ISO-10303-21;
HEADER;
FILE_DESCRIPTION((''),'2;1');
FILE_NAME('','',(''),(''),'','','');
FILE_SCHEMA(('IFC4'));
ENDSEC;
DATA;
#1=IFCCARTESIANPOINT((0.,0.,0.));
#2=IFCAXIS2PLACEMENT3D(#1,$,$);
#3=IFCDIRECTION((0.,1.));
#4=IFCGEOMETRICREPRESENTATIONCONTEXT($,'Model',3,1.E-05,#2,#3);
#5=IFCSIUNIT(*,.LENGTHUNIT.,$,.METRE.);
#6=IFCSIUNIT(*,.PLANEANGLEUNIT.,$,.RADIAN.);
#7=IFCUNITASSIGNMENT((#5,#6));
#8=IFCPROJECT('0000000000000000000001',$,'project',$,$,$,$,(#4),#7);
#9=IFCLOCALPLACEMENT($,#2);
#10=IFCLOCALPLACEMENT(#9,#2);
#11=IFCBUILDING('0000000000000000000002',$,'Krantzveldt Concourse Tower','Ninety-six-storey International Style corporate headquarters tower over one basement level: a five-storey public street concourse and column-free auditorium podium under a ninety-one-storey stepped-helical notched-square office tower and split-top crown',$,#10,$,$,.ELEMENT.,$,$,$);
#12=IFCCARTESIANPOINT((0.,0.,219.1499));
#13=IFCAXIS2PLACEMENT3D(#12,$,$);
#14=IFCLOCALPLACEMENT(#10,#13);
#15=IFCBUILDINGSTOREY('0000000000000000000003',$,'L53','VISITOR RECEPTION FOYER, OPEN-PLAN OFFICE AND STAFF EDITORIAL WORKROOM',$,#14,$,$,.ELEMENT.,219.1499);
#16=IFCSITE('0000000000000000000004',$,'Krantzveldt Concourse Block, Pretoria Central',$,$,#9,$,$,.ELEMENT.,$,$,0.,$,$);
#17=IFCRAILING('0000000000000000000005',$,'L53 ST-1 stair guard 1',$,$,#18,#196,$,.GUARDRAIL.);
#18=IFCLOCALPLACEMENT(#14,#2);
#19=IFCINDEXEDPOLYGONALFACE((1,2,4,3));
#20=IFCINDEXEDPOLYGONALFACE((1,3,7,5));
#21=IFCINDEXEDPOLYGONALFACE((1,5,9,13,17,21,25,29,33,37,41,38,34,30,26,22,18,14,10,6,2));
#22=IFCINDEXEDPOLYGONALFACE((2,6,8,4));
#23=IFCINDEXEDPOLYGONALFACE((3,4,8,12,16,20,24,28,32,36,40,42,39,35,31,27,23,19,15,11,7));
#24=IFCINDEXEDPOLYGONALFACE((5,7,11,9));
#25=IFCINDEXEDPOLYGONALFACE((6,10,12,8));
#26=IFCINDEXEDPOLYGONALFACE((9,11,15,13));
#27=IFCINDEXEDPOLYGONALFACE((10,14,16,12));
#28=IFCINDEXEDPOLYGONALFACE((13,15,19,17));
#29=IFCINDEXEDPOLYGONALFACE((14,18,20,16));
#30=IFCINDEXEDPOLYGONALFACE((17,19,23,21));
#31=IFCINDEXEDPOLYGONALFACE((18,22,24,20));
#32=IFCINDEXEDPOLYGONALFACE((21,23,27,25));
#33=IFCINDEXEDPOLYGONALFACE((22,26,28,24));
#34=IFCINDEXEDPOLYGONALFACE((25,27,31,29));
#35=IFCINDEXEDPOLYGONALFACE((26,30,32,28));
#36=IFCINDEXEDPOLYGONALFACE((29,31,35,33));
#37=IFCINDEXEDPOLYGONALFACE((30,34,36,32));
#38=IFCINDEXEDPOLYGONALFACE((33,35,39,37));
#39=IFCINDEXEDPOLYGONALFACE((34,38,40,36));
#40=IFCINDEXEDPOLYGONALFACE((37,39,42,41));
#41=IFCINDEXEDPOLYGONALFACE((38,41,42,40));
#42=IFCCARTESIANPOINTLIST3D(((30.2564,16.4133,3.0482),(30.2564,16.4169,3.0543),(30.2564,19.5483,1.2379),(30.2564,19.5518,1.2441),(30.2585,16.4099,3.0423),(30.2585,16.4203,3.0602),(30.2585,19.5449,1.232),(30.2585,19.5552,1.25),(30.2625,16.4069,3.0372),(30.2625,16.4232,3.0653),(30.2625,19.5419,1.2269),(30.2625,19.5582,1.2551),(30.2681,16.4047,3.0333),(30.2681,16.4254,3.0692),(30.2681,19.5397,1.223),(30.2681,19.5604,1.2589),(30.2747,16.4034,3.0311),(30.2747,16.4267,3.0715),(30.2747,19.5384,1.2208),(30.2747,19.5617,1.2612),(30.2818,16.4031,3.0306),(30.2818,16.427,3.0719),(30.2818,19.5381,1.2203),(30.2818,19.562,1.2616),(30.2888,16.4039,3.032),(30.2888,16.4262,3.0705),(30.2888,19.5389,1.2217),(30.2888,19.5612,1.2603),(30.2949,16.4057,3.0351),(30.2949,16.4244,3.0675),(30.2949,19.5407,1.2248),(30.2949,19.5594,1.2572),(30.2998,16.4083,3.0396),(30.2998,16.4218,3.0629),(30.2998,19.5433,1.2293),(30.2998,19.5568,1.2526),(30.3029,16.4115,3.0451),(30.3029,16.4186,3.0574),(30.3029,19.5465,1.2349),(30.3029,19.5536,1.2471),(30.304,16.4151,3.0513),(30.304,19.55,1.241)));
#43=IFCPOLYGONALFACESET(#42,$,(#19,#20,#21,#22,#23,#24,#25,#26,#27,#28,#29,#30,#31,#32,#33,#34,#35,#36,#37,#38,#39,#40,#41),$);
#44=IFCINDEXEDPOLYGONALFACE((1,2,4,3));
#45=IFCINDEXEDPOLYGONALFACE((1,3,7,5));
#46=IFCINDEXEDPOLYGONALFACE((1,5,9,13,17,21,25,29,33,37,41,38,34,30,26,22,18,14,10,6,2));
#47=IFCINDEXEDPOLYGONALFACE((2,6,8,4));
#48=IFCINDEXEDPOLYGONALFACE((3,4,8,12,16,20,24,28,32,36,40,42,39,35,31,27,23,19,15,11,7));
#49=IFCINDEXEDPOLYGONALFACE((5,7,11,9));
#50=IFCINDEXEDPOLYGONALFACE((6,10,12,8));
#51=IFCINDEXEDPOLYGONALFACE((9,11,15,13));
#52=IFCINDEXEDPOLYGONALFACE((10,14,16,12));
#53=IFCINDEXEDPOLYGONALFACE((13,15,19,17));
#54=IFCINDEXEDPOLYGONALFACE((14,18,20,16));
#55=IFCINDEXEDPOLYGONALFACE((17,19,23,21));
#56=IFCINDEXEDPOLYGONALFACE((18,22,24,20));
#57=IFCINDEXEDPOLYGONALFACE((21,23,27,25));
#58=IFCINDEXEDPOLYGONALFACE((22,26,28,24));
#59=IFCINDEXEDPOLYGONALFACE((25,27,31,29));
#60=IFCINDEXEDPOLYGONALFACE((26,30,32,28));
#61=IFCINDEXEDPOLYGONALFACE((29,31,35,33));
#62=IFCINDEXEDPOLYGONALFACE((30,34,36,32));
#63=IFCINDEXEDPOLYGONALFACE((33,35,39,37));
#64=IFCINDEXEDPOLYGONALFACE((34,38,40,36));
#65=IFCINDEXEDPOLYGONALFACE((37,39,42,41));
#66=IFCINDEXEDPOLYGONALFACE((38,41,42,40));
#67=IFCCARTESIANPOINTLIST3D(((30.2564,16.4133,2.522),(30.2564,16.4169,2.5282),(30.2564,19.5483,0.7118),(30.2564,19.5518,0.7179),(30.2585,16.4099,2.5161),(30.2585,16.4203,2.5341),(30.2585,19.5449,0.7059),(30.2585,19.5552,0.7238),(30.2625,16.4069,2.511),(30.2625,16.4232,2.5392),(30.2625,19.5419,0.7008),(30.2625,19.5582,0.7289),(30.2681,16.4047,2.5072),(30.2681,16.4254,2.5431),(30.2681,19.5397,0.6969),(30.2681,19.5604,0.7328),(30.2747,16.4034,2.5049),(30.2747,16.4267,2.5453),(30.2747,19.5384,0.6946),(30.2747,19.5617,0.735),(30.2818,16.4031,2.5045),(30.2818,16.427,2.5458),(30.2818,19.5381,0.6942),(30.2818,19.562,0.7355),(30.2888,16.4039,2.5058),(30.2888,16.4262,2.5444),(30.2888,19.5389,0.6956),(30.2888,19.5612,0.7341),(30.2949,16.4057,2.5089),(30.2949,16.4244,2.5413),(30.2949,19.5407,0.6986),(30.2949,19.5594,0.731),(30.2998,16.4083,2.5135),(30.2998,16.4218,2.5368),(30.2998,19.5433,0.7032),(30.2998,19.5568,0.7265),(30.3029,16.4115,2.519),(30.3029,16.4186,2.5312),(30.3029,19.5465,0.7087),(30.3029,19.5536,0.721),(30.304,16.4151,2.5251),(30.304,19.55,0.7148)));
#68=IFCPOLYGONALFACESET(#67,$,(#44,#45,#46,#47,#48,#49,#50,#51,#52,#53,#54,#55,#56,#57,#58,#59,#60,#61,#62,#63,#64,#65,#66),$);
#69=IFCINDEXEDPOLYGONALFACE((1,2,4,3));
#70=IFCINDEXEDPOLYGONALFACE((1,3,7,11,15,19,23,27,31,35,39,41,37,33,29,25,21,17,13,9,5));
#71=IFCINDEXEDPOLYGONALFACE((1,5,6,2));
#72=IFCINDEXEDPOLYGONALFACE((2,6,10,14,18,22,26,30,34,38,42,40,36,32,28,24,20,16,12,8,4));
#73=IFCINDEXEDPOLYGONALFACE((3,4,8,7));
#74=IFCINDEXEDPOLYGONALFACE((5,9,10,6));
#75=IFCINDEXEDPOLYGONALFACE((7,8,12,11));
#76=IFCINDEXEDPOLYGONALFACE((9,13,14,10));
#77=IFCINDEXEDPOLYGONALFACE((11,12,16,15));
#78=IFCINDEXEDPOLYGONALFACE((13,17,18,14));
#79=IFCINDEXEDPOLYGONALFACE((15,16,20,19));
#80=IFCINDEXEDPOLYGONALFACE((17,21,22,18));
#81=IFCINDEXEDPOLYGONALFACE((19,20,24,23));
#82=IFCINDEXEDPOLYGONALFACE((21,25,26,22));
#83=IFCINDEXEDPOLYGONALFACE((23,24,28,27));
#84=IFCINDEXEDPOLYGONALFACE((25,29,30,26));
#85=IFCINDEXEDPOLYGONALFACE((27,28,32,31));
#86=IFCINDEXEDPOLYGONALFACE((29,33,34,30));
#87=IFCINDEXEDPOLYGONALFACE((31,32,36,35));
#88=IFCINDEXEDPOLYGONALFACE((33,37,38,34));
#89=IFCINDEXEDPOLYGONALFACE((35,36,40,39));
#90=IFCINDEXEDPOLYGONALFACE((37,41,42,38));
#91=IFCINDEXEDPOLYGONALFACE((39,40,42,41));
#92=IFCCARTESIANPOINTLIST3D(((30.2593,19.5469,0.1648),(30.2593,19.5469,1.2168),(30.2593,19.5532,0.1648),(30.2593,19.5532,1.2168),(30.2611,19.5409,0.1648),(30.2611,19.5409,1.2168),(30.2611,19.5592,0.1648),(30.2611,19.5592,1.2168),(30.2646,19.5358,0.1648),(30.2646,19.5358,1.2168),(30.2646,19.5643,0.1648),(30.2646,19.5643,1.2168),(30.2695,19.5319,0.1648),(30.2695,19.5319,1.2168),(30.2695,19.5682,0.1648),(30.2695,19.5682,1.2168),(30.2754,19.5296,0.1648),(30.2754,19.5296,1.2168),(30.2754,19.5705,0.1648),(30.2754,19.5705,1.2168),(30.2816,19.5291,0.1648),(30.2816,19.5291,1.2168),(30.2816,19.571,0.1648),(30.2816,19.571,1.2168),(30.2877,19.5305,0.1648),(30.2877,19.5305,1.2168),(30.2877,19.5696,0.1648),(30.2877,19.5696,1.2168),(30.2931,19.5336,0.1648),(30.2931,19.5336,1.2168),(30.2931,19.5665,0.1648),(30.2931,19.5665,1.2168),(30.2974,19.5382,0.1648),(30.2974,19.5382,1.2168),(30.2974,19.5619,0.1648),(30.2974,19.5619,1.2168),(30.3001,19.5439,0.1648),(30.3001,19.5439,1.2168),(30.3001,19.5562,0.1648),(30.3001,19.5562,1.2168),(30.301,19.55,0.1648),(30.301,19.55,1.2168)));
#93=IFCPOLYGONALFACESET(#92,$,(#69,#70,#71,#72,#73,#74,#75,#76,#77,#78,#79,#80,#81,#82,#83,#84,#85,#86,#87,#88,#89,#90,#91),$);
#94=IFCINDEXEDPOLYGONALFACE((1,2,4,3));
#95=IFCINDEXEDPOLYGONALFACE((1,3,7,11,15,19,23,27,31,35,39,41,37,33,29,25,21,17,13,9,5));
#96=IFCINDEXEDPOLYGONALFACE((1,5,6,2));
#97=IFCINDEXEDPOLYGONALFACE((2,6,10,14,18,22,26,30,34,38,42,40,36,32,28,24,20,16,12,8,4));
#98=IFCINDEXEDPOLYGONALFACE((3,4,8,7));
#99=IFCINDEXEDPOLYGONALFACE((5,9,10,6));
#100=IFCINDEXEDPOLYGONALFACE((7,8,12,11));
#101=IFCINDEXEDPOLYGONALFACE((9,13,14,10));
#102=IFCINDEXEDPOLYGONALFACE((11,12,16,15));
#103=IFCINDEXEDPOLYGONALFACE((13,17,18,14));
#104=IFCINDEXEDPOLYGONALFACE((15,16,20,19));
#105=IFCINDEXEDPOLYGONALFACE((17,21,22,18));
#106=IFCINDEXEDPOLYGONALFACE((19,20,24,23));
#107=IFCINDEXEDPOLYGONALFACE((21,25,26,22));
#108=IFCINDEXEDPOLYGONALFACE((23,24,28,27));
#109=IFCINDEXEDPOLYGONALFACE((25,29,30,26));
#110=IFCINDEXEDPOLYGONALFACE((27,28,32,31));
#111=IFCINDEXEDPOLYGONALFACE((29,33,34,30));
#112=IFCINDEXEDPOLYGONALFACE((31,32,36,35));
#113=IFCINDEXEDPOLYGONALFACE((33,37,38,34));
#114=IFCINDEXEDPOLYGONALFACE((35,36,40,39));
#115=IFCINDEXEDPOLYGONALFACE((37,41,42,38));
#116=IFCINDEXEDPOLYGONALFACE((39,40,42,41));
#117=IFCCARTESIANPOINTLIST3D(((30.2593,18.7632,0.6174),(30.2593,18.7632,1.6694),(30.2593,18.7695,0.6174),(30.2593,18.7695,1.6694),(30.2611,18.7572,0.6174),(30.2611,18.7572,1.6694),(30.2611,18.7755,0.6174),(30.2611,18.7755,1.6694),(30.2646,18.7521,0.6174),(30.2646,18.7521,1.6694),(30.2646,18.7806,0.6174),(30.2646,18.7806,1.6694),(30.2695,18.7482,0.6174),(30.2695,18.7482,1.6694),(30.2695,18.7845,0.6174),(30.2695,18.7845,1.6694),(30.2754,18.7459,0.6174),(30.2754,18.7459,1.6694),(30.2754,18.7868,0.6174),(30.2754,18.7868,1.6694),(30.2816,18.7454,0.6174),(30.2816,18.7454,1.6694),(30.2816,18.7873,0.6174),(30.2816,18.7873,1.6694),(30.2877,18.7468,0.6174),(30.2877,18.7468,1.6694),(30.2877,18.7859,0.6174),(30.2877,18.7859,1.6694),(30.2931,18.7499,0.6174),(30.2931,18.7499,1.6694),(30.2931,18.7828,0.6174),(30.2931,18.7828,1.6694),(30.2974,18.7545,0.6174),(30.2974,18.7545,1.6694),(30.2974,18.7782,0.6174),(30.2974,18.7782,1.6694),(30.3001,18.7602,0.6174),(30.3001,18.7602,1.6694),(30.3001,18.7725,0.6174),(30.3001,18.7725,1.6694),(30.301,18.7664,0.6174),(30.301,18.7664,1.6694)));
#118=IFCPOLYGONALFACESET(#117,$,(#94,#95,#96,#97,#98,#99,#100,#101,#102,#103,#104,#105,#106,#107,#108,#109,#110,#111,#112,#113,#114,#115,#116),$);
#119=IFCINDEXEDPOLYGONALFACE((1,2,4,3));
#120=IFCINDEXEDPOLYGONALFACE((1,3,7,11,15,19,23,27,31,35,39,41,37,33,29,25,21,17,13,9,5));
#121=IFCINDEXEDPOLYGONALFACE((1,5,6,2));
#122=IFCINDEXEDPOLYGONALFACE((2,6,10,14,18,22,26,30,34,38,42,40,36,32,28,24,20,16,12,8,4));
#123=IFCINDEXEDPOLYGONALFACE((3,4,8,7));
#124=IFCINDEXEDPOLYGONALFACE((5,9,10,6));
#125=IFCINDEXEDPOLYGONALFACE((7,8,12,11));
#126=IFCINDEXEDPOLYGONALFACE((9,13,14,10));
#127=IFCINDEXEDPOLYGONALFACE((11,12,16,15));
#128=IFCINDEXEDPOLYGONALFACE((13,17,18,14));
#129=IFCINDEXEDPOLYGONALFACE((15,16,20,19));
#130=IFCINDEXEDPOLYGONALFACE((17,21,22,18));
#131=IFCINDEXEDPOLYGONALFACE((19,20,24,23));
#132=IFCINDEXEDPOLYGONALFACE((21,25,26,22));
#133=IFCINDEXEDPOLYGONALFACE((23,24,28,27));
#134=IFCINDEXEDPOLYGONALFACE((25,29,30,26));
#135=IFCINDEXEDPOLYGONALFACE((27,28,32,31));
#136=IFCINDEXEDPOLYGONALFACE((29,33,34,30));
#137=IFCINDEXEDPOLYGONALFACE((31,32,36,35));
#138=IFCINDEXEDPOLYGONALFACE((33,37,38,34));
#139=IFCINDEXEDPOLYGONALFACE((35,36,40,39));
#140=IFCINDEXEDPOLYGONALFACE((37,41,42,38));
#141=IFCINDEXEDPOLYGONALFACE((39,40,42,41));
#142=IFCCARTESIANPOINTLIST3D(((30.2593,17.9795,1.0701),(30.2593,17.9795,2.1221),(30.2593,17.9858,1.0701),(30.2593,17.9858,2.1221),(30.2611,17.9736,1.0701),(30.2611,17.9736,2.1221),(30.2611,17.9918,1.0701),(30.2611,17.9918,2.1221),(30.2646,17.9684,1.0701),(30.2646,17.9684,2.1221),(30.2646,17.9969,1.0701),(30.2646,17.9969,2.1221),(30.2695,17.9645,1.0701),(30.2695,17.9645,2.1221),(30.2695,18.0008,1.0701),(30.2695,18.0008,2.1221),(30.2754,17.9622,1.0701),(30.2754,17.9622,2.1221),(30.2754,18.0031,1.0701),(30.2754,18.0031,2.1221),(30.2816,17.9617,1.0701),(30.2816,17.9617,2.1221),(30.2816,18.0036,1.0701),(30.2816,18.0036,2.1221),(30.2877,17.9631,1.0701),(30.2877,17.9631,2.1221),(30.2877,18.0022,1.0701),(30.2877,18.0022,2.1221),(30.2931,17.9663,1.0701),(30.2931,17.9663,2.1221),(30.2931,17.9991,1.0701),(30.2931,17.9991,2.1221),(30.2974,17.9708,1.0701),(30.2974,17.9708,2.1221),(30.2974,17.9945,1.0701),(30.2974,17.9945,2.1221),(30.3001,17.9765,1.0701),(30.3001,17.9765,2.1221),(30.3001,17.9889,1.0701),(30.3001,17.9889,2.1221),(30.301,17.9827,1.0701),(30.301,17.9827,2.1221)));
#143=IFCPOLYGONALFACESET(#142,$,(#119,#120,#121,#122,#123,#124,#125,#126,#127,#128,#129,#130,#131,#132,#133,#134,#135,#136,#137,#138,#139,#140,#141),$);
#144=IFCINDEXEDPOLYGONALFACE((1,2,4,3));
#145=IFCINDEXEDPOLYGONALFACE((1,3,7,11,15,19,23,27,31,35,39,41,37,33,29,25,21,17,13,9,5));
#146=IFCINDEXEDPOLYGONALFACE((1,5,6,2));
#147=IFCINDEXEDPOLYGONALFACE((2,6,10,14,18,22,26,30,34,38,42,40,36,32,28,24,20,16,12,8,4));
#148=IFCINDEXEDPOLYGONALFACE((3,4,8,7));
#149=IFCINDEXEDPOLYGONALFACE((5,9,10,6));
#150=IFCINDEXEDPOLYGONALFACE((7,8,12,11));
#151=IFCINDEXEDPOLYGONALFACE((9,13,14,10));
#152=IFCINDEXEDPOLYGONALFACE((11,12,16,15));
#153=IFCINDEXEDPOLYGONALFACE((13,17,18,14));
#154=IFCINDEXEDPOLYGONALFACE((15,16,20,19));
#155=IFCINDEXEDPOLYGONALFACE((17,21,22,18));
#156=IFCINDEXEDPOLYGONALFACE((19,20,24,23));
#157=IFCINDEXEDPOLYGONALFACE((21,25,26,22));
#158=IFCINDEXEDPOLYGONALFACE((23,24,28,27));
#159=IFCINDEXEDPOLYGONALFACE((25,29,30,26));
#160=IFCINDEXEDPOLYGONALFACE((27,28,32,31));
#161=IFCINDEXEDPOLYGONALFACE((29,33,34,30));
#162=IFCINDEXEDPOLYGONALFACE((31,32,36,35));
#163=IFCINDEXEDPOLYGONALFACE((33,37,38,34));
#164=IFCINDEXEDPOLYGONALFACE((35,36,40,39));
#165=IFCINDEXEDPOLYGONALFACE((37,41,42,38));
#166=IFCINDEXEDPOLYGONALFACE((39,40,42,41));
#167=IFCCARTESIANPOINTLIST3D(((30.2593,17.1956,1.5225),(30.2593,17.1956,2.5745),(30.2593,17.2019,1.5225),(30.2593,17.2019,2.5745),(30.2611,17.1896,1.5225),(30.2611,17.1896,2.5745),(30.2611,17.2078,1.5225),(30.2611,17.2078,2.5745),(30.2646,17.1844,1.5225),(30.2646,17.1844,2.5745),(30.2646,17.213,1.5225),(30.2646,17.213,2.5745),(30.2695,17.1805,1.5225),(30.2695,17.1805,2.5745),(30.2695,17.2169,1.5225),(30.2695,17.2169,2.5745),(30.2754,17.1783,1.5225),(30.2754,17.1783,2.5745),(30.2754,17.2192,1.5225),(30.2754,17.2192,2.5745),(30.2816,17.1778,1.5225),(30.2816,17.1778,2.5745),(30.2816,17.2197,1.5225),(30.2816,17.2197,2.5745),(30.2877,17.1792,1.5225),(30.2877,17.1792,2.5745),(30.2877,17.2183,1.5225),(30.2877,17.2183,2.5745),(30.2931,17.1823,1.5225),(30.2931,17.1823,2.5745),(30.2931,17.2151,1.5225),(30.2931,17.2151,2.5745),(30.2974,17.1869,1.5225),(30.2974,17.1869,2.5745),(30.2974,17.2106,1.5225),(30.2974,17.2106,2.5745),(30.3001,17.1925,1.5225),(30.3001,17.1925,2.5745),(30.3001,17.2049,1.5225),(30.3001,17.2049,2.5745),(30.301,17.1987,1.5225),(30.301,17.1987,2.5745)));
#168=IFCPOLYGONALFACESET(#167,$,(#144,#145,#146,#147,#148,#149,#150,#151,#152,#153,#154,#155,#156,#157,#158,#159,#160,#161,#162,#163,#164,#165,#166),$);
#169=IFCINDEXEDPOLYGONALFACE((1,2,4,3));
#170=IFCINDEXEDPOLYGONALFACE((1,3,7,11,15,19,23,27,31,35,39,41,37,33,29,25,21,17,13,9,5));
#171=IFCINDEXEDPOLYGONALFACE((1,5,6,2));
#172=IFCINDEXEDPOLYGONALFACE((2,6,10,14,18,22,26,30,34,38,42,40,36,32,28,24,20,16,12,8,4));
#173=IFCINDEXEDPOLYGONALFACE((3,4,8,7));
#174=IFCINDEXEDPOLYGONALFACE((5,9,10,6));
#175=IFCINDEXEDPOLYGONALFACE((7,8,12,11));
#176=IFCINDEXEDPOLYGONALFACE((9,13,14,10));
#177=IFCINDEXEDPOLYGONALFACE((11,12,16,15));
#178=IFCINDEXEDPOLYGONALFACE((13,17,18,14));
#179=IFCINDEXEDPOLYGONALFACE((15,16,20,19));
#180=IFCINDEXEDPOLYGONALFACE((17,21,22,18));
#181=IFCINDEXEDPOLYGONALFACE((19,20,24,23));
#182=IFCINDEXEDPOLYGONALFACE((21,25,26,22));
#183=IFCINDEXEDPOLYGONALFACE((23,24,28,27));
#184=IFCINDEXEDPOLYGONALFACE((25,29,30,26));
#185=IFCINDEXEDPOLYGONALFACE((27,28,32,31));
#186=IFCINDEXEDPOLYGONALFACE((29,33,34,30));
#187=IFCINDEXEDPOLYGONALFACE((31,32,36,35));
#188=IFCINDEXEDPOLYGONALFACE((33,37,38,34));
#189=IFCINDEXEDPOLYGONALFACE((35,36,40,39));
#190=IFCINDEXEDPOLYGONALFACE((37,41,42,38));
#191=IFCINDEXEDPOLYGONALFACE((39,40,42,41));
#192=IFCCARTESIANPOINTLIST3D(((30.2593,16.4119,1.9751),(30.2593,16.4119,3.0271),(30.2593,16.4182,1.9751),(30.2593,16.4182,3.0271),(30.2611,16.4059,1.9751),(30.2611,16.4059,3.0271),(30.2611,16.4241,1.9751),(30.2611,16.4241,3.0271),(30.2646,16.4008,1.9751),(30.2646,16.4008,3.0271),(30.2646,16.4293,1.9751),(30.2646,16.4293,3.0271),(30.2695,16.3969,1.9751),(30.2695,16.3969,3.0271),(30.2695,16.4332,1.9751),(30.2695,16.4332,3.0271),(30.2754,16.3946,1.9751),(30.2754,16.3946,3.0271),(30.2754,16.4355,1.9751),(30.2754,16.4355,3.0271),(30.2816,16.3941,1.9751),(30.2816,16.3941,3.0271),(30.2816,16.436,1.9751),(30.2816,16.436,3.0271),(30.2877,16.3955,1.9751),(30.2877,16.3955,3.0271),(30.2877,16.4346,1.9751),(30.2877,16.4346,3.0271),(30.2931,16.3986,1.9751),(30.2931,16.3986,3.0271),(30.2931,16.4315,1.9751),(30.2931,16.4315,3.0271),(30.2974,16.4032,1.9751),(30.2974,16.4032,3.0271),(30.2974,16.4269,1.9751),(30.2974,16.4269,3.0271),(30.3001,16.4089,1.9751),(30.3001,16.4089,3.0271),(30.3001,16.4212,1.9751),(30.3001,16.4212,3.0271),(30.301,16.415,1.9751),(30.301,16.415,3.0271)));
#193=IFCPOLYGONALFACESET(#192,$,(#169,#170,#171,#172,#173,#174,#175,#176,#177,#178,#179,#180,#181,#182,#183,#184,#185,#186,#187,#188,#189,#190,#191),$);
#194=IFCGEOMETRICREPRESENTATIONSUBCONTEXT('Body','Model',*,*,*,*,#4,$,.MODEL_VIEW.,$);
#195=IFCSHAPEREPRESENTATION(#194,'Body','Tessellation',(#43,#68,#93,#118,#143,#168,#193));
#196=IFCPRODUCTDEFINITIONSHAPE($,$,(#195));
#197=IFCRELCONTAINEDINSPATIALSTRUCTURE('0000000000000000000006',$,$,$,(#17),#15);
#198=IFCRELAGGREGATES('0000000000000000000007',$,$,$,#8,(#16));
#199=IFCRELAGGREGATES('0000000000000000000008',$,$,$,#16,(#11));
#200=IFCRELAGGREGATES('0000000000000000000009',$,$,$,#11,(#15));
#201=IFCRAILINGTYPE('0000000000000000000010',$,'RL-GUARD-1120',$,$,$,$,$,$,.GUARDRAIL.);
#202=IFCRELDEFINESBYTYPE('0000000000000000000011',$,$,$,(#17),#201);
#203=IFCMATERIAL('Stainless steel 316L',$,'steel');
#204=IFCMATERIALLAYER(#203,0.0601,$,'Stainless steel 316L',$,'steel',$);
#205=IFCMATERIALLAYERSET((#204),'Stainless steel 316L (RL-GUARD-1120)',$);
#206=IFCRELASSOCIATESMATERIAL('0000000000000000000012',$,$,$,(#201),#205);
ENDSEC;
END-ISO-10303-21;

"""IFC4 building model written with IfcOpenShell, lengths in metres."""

from ifc_helpers import new_model, si_unit, direction, frame, origin, origin_2d, place, context, subcontext, project, spatial, circle, extrude, material, layer, layer_set, type_object, element, save


model = new_model("IFC4")

# Units and contexts
model_context = context("Model", 3, precision=1e-05, world=origin(), true_north=direction((0.0, 1.0)))
body_context = subcontext(model_context, "Body", "Model", "MODEL_VIEW")
ifc_project = project(units=[si_unit("LENGTHUNIT", "METRE"), si_unit("PLANEANGLEUNIT", "RADIAN")], contexts=[model_context])

# Site, building, storey
site_placement = place(None, origin())
site = spatial("IfcSite", under=ifc_project, at=site_placement, Name="Krantzveldt Concourse Block, Pretoria Central", CompositionType="ELEMENT", RefElevation=0.0)
building_placement = place(site_placement, origin())
building = spatial("IfcBuilding", under=site, at=building_placement, Name="Krantzveldt Concourse Tower", Description="Ninety-six-storey International Style corporate headquarters tower over one basement level: a five-storey public street concourse and column-free auditorium podium under a ninety-one-storey stepped-helical notched-square office tower and split-top crown", CompositionType="ELEMENT")
storey_placement = place(building_placement, frame((0.0, 0.0, 219.1499)))
storey = spatial("IfcBuildingStorey", under=building, at=storey_placement, Name="L53", Description="VISITOR RECEPTION FOYER, OPEN-PLAN OFFICE AND STAFF EDITORIAL WORKROOM", CompositionType="ELEMENT", Elevation=219.1499)

# Railing
ifc_material_1 = material(Name="Stainless steel 316L", Category="steel")
ifc_layer_1 = layer(ifc_material_1, 0.0601, Name="Stainless steel 316L", Category="steel")
ifc_layer_set_1 = layer_set([ifc_layer_1], Name="Stainless steel 316L (RL-GUARD-1120)")
railing_type_1 = type_object("IfcRailingType", Name="RL-GUARD-1120", PredefinedType="GUARDRAIL", material=ifc_layer_set_1)
railing_1_placement = place(storey_placement, frame((30.28, 19.55, 0.1648)))
element("IfcRailing", 1, at=railing_1_placement, inside=storey, type_object=railing_type_1, Name="L53 ST-1 stair guard 1", PredefinedType="GUARDRAIL", context=body_context, shape_type="SweptSolid", body=[
    extrude(circle(Radius=0.0239, at=origin_2d()), frame((0.0, 0.0, 1.0762), z_axis=(0.0, -0.865989, 0.500063), x_axis=(1.0, 0.0, 0.0)), (0.0, 0.0, 1.0), 3.6201),
    extrude(circle(Radius=0.0239, at=origin_2d()), frame((0.0, 0.0, 0.55), z_axis=(0.0, -0.865989, 0.500063), x_axis=(1.0, 0.0, 0.0)), (0.0, 0.0, 1.0), 3.6201),
    extrude(circle(Radius=0.021, at=origin_2d()), origin(), (0.0, 0.0, 1.0), 1.052),
    extrude(circle(Radius=0.021, at=origin_2d()), frame((0.0, -0.7837, 0.4526)), (0.0, 0.0, 1.0), 1.052),
    extrude(circle(Radius=0.021, at=origin_2d()), frame((0.0, -1.5674, 0.9053)), (0.0, 0.0, 1.0), 1.052),
    extrude(circle(Radius=0.021, at=origin_2d()), frame((0.0, -2.3513, 1.3577)), (0.0, 0.0, 1.0), 1.052),
    extrude(circle(Radius=0.021, at=origin_2d()), frame((0.0, -3.135, 1.8103)), (0.0, 0.0, 1.0), 1.052),
])

save(model, "model.ifc")
